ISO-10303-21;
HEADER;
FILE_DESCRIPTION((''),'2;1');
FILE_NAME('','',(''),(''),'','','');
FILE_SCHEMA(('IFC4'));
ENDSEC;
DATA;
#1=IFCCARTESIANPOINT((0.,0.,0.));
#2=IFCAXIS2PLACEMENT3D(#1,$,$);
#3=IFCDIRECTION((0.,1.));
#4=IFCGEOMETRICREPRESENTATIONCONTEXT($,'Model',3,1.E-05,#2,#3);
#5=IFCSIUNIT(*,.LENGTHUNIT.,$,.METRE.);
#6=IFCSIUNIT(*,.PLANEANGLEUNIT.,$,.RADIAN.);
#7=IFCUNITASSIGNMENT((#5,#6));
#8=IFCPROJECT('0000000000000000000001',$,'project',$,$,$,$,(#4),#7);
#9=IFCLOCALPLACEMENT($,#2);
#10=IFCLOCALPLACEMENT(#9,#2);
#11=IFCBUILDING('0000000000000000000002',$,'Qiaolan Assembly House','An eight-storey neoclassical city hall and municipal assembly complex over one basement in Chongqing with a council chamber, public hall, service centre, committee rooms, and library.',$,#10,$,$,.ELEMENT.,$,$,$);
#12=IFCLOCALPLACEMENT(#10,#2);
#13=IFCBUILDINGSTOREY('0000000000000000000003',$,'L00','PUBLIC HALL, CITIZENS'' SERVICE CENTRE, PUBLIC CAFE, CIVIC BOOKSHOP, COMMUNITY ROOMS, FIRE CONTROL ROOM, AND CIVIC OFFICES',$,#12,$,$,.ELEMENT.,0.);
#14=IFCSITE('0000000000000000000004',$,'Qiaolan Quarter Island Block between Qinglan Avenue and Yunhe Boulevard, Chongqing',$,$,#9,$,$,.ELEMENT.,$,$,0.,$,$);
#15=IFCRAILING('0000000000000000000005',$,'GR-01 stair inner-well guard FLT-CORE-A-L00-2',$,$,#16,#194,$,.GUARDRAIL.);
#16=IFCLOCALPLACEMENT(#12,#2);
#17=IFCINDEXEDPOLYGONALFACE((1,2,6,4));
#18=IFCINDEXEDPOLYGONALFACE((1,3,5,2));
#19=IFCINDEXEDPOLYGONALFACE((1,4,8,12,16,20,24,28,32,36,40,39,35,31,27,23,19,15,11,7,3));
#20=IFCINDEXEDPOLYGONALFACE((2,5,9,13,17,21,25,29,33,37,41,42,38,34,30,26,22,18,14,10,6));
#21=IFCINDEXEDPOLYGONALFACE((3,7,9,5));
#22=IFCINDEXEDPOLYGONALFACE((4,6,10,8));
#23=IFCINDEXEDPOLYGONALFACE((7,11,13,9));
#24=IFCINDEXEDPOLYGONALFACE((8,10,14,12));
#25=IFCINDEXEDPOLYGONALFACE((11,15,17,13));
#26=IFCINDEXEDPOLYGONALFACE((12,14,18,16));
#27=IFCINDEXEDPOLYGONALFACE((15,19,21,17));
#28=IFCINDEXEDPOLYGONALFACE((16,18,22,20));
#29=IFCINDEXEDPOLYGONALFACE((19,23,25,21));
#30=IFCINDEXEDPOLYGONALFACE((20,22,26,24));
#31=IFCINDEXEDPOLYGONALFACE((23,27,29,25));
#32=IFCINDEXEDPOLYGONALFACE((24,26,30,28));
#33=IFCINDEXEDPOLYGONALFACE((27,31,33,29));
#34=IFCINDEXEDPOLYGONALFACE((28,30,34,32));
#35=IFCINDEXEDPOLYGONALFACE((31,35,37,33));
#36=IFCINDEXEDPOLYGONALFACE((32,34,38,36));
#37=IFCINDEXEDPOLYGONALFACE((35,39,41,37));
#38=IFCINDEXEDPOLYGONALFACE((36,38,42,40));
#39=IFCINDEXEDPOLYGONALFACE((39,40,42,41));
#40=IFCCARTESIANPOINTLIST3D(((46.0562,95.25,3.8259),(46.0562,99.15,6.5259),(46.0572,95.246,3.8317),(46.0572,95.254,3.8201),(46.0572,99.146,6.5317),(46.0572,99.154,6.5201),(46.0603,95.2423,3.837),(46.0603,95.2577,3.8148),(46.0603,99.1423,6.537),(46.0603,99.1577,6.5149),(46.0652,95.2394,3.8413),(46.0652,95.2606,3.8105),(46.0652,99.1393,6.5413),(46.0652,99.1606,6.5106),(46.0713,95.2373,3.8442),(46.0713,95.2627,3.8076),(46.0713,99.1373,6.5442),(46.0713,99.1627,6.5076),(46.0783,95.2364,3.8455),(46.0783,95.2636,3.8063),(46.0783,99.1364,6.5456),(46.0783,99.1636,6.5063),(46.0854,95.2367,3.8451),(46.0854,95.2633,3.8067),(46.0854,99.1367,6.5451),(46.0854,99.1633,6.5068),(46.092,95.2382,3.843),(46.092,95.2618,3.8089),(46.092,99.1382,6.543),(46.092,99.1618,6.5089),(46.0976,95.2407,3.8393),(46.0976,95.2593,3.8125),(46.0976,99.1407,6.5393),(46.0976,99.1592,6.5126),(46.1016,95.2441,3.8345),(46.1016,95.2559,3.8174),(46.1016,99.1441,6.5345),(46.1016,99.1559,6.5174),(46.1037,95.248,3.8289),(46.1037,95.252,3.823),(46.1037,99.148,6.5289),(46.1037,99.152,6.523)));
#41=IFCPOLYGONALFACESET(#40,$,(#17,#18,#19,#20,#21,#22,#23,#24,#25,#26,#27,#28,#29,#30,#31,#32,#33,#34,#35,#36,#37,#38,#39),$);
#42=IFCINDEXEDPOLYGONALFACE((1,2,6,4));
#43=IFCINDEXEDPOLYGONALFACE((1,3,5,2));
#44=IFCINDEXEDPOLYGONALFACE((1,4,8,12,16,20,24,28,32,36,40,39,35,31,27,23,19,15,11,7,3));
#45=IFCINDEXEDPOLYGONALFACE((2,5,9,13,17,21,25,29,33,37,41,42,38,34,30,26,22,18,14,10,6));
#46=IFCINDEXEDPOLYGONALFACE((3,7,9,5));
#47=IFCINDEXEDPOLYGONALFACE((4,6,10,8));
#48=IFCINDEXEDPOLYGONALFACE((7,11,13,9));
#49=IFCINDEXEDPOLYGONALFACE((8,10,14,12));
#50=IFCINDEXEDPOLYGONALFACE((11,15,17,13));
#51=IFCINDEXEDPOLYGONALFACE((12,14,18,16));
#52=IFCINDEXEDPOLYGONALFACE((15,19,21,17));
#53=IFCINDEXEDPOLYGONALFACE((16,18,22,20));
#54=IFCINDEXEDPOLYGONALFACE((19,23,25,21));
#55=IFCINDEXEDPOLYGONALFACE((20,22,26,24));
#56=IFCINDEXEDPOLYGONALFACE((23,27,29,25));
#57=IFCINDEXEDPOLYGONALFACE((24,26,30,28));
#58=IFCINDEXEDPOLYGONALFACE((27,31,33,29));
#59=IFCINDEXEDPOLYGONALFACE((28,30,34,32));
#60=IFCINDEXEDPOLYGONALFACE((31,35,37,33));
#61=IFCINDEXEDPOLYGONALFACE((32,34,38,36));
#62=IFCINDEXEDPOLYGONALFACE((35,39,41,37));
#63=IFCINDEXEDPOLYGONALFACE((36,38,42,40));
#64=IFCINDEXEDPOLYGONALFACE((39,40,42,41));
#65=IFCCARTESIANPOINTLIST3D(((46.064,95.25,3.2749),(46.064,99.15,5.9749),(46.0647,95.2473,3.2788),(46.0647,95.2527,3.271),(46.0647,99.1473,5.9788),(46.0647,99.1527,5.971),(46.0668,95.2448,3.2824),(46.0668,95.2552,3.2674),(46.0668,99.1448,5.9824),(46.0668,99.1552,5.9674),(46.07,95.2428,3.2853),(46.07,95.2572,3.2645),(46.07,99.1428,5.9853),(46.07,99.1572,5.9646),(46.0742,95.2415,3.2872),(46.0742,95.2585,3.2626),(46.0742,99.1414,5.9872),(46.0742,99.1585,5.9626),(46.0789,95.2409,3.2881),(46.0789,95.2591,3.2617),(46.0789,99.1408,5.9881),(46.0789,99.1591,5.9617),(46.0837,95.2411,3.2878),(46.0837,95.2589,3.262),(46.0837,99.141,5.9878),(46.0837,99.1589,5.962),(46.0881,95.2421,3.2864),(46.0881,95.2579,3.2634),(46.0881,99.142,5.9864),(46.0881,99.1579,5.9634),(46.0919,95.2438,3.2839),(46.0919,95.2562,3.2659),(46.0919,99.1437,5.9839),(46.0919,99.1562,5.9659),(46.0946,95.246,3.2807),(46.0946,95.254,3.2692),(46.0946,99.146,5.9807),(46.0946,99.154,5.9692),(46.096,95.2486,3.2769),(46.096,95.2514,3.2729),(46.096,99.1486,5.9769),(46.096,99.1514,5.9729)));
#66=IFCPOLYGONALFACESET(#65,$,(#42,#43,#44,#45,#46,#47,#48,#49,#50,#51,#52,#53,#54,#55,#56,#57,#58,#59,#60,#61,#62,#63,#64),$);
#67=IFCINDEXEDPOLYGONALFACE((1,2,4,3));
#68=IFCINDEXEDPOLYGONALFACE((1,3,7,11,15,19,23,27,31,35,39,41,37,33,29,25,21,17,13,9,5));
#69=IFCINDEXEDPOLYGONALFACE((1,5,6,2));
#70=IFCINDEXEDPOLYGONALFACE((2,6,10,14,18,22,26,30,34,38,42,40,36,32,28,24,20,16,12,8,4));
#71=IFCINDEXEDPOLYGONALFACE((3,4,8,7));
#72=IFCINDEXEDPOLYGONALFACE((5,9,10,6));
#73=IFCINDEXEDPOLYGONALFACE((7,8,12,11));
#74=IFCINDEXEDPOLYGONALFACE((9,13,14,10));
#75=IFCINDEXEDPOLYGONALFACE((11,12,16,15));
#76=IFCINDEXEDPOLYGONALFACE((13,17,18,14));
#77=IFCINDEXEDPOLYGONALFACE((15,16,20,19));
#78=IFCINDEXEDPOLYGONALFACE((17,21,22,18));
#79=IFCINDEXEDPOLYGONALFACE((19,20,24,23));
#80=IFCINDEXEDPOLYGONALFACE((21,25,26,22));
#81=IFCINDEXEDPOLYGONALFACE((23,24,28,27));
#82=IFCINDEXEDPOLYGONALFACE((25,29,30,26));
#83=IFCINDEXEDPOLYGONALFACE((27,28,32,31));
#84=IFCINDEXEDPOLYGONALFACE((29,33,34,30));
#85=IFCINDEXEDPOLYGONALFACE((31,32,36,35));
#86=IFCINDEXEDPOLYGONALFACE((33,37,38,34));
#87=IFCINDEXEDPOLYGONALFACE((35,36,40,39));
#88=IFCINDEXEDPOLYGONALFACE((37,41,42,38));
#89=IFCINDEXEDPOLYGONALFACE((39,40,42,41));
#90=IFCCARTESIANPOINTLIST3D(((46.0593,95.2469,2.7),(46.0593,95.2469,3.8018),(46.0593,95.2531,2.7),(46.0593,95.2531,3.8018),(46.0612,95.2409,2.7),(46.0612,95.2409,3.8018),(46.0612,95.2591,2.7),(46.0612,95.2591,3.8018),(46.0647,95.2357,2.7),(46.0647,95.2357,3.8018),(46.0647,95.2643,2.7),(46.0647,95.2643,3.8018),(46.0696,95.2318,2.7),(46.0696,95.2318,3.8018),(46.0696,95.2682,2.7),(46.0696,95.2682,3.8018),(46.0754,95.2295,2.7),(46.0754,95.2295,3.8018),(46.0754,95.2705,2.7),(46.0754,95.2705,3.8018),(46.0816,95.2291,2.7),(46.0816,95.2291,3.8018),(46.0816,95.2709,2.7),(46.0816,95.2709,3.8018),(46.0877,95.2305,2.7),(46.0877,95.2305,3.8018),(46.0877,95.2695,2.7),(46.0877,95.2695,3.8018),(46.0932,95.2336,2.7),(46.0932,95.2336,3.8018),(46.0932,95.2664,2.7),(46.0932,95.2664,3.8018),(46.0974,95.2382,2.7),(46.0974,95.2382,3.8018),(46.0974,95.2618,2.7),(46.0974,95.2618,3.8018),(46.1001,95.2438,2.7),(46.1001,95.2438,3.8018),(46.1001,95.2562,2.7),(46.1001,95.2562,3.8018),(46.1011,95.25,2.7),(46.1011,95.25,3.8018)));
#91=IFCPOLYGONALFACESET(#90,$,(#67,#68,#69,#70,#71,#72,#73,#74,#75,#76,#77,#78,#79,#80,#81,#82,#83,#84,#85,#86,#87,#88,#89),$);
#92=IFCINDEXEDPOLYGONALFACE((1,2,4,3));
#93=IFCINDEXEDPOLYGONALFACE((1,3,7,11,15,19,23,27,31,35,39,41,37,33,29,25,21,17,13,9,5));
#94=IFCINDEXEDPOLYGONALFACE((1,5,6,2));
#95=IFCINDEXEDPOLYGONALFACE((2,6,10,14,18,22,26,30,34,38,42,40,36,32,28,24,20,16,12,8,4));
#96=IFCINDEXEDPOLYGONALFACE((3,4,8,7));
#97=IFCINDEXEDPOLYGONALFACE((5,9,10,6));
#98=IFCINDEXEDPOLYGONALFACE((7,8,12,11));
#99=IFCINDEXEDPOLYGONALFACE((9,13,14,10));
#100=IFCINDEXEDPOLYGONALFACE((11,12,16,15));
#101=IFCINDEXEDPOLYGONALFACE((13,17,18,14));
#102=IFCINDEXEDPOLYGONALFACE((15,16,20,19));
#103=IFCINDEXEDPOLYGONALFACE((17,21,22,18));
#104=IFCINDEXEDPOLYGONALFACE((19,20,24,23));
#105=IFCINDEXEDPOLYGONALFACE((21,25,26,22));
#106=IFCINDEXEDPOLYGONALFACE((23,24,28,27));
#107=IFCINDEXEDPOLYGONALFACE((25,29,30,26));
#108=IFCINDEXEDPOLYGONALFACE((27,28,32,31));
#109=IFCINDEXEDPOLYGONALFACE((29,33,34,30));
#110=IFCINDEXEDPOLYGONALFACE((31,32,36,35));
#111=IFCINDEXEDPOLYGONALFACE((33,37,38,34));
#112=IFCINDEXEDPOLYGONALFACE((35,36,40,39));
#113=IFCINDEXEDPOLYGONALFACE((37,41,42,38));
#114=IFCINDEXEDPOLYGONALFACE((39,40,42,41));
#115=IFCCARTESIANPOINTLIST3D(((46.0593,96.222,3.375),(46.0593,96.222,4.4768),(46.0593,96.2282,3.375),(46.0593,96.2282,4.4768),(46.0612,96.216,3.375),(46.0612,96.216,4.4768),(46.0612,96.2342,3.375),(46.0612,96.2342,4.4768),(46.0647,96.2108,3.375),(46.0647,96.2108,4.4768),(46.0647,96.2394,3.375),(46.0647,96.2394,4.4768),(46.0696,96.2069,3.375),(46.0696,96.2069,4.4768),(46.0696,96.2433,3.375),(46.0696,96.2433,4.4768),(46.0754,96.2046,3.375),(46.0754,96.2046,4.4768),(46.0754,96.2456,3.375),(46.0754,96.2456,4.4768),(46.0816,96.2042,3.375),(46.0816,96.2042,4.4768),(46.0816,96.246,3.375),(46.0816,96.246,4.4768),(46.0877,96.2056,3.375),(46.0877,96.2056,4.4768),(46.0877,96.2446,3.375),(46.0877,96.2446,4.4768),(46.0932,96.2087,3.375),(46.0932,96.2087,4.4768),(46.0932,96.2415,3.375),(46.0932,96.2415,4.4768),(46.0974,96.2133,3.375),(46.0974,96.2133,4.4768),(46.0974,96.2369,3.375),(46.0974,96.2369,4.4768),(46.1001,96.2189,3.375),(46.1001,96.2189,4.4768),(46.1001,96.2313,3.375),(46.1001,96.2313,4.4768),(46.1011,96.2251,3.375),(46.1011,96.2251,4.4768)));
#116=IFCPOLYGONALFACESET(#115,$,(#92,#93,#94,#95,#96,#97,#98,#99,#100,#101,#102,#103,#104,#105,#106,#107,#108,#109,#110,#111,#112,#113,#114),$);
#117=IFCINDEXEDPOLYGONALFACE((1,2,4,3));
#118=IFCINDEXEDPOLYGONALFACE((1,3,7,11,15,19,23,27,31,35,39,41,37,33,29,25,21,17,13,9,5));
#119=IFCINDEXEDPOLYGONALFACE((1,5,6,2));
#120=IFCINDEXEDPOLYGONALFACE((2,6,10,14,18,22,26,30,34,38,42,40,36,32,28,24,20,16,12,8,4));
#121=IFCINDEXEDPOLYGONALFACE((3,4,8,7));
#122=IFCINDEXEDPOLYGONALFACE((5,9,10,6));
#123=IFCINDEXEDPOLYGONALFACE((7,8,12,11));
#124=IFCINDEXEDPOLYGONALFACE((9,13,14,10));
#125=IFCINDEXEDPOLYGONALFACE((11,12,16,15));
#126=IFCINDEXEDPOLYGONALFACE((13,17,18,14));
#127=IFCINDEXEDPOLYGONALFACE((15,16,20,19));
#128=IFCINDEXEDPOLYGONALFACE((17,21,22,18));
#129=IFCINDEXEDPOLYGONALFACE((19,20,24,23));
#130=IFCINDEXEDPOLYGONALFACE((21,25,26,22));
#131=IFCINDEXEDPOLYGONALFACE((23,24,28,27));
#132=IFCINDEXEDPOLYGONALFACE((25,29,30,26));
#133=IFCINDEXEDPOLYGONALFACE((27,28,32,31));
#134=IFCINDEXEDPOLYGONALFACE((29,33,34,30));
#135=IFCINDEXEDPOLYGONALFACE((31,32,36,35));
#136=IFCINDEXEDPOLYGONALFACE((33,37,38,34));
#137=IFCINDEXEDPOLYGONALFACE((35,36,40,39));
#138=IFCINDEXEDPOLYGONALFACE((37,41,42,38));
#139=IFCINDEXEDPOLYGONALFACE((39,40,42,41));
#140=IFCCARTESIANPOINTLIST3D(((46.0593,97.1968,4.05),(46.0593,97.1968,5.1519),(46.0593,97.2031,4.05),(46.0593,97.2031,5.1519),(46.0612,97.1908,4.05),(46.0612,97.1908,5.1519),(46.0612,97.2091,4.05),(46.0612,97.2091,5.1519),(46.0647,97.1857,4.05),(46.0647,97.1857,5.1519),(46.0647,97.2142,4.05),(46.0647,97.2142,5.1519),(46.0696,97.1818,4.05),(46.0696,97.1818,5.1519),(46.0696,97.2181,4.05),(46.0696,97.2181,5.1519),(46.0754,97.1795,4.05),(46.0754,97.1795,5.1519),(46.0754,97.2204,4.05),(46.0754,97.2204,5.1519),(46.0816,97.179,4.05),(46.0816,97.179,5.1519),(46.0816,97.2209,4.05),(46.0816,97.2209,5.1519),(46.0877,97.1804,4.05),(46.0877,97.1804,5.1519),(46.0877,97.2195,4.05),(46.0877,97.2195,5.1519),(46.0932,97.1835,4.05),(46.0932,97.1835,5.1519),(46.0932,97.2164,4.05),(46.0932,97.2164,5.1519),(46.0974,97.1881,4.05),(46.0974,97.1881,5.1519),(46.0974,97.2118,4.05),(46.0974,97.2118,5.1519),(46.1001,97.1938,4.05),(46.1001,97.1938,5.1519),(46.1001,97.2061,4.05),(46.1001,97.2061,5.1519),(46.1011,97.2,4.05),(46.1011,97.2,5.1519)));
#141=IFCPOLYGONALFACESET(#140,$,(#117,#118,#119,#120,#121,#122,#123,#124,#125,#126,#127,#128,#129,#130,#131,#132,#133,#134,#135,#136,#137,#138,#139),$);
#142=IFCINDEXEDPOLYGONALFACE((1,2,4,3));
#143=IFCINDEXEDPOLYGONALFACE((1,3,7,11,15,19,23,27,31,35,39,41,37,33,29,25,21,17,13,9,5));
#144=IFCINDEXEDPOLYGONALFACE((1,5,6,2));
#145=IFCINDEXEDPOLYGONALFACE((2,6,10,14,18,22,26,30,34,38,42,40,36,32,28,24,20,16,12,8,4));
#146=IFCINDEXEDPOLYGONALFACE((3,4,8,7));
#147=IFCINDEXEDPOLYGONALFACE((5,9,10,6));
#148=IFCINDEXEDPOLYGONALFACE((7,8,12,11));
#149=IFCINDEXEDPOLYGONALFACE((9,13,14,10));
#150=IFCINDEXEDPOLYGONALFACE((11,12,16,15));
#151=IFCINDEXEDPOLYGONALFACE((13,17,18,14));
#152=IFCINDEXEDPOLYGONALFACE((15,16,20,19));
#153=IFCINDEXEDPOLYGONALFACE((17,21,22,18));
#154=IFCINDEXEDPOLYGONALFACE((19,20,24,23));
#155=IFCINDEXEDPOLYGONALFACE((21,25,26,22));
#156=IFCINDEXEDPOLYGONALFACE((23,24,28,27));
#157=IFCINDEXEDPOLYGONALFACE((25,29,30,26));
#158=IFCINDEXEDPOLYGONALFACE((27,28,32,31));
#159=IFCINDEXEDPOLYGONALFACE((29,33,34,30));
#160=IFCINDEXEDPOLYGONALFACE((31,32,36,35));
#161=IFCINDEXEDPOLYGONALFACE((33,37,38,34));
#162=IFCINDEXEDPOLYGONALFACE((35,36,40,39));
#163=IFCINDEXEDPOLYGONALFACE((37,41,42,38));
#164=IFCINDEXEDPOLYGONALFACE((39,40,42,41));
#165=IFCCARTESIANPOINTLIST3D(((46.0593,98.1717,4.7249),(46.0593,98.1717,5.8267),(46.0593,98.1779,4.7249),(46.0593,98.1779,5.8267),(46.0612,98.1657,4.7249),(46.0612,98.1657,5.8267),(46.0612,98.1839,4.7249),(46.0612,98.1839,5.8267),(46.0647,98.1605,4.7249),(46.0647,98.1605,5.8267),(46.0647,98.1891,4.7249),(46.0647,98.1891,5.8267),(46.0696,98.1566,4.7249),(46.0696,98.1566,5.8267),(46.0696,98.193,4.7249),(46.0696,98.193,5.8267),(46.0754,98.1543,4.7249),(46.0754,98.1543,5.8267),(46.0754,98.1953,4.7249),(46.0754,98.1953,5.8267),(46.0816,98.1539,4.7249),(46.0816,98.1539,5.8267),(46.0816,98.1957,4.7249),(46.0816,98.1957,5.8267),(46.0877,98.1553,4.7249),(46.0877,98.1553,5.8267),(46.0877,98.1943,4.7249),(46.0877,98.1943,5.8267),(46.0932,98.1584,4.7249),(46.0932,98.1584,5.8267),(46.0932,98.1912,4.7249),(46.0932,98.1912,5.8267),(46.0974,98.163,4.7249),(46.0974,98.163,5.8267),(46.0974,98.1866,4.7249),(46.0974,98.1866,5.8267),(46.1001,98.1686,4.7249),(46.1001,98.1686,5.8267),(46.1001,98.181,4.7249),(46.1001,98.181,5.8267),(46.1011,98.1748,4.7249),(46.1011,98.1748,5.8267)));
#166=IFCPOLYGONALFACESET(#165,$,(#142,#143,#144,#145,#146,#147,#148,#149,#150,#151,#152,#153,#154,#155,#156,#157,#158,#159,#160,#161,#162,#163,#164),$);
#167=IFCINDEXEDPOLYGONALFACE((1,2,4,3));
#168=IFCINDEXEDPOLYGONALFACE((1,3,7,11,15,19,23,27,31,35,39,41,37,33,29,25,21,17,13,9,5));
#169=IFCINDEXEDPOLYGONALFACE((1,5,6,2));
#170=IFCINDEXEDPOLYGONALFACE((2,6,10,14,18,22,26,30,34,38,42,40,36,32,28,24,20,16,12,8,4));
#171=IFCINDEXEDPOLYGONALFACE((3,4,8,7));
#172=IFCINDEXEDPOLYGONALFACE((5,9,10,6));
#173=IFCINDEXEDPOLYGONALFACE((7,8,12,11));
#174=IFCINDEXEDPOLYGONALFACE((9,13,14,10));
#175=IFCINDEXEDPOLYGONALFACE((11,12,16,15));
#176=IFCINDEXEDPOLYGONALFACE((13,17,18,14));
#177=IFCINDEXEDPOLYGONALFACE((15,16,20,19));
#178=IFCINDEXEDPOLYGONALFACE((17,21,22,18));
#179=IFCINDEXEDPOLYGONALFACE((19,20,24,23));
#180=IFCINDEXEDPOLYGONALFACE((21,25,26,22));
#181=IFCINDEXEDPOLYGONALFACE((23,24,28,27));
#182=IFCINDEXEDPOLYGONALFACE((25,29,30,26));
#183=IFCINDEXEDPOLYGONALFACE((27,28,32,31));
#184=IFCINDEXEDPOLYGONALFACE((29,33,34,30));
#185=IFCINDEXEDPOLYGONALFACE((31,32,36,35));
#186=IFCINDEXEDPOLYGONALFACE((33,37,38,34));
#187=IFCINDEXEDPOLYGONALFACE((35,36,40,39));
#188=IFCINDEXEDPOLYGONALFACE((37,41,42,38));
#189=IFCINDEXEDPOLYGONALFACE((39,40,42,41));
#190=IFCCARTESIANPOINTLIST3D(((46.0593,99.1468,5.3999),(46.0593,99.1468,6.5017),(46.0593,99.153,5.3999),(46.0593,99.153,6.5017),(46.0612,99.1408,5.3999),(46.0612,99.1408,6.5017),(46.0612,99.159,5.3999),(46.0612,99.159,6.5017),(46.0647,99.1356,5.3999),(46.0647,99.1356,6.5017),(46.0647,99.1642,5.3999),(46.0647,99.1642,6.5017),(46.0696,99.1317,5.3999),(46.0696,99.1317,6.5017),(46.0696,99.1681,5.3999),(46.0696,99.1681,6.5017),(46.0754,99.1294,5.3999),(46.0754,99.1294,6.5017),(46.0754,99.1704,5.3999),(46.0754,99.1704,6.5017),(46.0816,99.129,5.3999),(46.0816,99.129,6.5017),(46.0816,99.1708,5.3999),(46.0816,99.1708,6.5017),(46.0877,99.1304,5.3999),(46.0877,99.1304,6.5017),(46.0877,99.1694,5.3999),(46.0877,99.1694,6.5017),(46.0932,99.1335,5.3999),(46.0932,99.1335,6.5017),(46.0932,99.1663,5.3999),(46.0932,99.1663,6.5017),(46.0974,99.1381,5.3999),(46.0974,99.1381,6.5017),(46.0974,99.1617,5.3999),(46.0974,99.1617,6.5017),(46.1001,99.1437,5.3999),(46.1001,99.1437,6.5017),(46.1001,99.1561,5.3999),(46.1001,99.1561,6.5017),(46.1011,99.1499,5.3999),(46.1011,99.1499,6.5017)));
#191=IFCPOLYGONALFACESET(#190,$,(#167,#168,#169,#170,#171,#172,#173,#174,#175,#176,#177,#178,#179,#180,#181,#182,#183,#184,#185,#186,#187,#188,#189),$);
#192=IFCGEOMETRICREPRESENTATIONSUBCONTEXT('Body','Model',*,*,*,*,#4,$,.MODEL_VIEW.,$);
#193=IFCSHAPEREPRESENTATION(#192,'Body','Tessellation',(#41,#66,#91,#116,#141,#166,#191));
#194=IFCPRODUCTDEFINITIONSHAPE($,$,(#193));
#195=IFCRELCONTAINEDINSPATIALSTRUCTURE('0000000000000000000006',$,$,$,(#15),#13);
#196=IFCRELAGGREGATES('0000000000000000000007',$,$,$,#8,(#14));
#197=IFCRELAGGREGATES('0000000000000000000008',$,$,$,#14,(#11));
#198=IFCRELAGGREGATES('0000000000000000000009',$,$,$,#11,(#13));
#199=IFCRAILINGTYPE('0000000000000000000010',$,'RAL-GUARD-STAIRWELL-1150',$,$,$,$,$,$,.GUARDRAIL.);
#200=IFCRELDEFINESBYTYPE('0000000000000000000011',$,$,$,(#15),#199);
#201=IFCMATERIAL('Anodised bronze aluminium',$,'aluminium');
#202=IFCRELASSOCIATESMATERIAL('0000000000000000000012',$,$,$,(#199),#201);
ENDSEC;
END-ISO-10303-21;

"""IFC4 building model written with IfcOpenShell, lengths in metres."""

from ifc_helpers import new_model, si_unit, direction, frame, origin, origin_2d, place, context, subcontext, project, spatial, circle, extrude, material, type_object, element, save


model = new_model("IFC4")

# Units and contexts
model_context = context("Model", 3, precision=1e-05, world=origin(), true_north=direction((0.0, 1.0)))
body_context = subcontext(model_context, "Body", "Model", "MODEL_VIEW")
ifc_project = project(units=[si_unit("LENGTHUNIT", "METRE"), si_unit("PLANEANGLEUNIT", "RADIAN")], contexts=[model_context])

# Site, building, storey
site_placement = place(None, origin())
site = spatial("IfcSite", under=ifc_project, at=site_placement, Name="Qiaolan Quarter Island Block between Qinglan Avenue and Yunhe Boulevard, Chongqing", CompositionType="ELEMENT", RefElevation=0.0)
building_placement = place(site_placement, origin())
building = spatial("IfcBuilding", under=site, at=building_placement, Name="Qiaolan Assembly House", Description="An eight-storey neoclassical city hall and municipal assembly complex over one basement in Chongqing with a council chamber, public hall, service centre, committee rooms, and library.", CompositionType="ELEMENT")
storey_placement = place(building_placement, origin())
storey = spatial("IfcBuildingStorey", under=building, at=storey_placement, Name="L00", Description="PUBLIC HALL, CITIZENS' SERVICE CENTRE, PUBLIC CAFE, CIVIC BOOKSHOP, COMMUNITY ROOMS, FIRE CONTROL ROOM, AND CIVIC OFFICES", CompositionType="ELEMENT", Elevation=0.0)

# Railing
ifc_material_1 = material(Name="Anodised bronze aluminium", Category="aluminium")
railing_type_1 = type_object("IfcRailingType", Name="RAL-GUARD-STAIRWELL-1150", PredefinedType="GUARDRAIL", material=ifc_material_1)
railing_1_placement = place(storey_placement, frame((46.0801, 95.25, 2.7)))
element("IfcRailing", 1, at=railing_1_placement, inside=storey, type_object=railing_type_1, Name="GR-01 stair inner-well guard FLT-CORE-A-L00-2", PredefinedType="GUARDRAIL", context=body_context, shape_type="SweptSolid", body=[
    extrude(circle(Radius=0.0239, at=origin_2d()), frame((0.0, 0.0, 1.126), z_axis=(0.0, 0.82219, 0.569213), x_axis=(-1.0, 0.0, 0.0)), (0.0, 0.0, 1.0), 4.7434),
    extrude(circle(Radius=0.0161, at=origin_2d()), frame((0.0, 0.0, 0.575), z_axis=(0.0, 0.82219, 0.569213), x_axis=(-1.0, 0.0, 0.0)), (0.0, 0.0, 1.0), 4.7434),
    extrude(circle(Radius=0.021, at=origin_2d()), origin(), (0.0, 0.0, 1.0), 1.1018),
    extrude(circle(Radius=0.021, at=origin_2d()), frame((0.0, 0.9751, 0.675)), (0.0, 0.0, 1.0), 1.1018),
    extrude(circle(Radius=0.021, at=origin_2d()), frame((0.0, 1.95, 1.3501)), (0.0, 0.0, 1.0), 1.1018),
    extrude(circle(Radius=0.021, at=origin_2d()), frame((0.0, 2.9248, 2.0249)), (0.0, 0.0, 1.0), 1.1018),
    extrude(circle(Radius=0.021, at=origin_2d()), frame((0.0, 3.8999, 2.7)), (0.0, 0.0, 1.0), 1.1018),
])

save(model, "model.ifc")
